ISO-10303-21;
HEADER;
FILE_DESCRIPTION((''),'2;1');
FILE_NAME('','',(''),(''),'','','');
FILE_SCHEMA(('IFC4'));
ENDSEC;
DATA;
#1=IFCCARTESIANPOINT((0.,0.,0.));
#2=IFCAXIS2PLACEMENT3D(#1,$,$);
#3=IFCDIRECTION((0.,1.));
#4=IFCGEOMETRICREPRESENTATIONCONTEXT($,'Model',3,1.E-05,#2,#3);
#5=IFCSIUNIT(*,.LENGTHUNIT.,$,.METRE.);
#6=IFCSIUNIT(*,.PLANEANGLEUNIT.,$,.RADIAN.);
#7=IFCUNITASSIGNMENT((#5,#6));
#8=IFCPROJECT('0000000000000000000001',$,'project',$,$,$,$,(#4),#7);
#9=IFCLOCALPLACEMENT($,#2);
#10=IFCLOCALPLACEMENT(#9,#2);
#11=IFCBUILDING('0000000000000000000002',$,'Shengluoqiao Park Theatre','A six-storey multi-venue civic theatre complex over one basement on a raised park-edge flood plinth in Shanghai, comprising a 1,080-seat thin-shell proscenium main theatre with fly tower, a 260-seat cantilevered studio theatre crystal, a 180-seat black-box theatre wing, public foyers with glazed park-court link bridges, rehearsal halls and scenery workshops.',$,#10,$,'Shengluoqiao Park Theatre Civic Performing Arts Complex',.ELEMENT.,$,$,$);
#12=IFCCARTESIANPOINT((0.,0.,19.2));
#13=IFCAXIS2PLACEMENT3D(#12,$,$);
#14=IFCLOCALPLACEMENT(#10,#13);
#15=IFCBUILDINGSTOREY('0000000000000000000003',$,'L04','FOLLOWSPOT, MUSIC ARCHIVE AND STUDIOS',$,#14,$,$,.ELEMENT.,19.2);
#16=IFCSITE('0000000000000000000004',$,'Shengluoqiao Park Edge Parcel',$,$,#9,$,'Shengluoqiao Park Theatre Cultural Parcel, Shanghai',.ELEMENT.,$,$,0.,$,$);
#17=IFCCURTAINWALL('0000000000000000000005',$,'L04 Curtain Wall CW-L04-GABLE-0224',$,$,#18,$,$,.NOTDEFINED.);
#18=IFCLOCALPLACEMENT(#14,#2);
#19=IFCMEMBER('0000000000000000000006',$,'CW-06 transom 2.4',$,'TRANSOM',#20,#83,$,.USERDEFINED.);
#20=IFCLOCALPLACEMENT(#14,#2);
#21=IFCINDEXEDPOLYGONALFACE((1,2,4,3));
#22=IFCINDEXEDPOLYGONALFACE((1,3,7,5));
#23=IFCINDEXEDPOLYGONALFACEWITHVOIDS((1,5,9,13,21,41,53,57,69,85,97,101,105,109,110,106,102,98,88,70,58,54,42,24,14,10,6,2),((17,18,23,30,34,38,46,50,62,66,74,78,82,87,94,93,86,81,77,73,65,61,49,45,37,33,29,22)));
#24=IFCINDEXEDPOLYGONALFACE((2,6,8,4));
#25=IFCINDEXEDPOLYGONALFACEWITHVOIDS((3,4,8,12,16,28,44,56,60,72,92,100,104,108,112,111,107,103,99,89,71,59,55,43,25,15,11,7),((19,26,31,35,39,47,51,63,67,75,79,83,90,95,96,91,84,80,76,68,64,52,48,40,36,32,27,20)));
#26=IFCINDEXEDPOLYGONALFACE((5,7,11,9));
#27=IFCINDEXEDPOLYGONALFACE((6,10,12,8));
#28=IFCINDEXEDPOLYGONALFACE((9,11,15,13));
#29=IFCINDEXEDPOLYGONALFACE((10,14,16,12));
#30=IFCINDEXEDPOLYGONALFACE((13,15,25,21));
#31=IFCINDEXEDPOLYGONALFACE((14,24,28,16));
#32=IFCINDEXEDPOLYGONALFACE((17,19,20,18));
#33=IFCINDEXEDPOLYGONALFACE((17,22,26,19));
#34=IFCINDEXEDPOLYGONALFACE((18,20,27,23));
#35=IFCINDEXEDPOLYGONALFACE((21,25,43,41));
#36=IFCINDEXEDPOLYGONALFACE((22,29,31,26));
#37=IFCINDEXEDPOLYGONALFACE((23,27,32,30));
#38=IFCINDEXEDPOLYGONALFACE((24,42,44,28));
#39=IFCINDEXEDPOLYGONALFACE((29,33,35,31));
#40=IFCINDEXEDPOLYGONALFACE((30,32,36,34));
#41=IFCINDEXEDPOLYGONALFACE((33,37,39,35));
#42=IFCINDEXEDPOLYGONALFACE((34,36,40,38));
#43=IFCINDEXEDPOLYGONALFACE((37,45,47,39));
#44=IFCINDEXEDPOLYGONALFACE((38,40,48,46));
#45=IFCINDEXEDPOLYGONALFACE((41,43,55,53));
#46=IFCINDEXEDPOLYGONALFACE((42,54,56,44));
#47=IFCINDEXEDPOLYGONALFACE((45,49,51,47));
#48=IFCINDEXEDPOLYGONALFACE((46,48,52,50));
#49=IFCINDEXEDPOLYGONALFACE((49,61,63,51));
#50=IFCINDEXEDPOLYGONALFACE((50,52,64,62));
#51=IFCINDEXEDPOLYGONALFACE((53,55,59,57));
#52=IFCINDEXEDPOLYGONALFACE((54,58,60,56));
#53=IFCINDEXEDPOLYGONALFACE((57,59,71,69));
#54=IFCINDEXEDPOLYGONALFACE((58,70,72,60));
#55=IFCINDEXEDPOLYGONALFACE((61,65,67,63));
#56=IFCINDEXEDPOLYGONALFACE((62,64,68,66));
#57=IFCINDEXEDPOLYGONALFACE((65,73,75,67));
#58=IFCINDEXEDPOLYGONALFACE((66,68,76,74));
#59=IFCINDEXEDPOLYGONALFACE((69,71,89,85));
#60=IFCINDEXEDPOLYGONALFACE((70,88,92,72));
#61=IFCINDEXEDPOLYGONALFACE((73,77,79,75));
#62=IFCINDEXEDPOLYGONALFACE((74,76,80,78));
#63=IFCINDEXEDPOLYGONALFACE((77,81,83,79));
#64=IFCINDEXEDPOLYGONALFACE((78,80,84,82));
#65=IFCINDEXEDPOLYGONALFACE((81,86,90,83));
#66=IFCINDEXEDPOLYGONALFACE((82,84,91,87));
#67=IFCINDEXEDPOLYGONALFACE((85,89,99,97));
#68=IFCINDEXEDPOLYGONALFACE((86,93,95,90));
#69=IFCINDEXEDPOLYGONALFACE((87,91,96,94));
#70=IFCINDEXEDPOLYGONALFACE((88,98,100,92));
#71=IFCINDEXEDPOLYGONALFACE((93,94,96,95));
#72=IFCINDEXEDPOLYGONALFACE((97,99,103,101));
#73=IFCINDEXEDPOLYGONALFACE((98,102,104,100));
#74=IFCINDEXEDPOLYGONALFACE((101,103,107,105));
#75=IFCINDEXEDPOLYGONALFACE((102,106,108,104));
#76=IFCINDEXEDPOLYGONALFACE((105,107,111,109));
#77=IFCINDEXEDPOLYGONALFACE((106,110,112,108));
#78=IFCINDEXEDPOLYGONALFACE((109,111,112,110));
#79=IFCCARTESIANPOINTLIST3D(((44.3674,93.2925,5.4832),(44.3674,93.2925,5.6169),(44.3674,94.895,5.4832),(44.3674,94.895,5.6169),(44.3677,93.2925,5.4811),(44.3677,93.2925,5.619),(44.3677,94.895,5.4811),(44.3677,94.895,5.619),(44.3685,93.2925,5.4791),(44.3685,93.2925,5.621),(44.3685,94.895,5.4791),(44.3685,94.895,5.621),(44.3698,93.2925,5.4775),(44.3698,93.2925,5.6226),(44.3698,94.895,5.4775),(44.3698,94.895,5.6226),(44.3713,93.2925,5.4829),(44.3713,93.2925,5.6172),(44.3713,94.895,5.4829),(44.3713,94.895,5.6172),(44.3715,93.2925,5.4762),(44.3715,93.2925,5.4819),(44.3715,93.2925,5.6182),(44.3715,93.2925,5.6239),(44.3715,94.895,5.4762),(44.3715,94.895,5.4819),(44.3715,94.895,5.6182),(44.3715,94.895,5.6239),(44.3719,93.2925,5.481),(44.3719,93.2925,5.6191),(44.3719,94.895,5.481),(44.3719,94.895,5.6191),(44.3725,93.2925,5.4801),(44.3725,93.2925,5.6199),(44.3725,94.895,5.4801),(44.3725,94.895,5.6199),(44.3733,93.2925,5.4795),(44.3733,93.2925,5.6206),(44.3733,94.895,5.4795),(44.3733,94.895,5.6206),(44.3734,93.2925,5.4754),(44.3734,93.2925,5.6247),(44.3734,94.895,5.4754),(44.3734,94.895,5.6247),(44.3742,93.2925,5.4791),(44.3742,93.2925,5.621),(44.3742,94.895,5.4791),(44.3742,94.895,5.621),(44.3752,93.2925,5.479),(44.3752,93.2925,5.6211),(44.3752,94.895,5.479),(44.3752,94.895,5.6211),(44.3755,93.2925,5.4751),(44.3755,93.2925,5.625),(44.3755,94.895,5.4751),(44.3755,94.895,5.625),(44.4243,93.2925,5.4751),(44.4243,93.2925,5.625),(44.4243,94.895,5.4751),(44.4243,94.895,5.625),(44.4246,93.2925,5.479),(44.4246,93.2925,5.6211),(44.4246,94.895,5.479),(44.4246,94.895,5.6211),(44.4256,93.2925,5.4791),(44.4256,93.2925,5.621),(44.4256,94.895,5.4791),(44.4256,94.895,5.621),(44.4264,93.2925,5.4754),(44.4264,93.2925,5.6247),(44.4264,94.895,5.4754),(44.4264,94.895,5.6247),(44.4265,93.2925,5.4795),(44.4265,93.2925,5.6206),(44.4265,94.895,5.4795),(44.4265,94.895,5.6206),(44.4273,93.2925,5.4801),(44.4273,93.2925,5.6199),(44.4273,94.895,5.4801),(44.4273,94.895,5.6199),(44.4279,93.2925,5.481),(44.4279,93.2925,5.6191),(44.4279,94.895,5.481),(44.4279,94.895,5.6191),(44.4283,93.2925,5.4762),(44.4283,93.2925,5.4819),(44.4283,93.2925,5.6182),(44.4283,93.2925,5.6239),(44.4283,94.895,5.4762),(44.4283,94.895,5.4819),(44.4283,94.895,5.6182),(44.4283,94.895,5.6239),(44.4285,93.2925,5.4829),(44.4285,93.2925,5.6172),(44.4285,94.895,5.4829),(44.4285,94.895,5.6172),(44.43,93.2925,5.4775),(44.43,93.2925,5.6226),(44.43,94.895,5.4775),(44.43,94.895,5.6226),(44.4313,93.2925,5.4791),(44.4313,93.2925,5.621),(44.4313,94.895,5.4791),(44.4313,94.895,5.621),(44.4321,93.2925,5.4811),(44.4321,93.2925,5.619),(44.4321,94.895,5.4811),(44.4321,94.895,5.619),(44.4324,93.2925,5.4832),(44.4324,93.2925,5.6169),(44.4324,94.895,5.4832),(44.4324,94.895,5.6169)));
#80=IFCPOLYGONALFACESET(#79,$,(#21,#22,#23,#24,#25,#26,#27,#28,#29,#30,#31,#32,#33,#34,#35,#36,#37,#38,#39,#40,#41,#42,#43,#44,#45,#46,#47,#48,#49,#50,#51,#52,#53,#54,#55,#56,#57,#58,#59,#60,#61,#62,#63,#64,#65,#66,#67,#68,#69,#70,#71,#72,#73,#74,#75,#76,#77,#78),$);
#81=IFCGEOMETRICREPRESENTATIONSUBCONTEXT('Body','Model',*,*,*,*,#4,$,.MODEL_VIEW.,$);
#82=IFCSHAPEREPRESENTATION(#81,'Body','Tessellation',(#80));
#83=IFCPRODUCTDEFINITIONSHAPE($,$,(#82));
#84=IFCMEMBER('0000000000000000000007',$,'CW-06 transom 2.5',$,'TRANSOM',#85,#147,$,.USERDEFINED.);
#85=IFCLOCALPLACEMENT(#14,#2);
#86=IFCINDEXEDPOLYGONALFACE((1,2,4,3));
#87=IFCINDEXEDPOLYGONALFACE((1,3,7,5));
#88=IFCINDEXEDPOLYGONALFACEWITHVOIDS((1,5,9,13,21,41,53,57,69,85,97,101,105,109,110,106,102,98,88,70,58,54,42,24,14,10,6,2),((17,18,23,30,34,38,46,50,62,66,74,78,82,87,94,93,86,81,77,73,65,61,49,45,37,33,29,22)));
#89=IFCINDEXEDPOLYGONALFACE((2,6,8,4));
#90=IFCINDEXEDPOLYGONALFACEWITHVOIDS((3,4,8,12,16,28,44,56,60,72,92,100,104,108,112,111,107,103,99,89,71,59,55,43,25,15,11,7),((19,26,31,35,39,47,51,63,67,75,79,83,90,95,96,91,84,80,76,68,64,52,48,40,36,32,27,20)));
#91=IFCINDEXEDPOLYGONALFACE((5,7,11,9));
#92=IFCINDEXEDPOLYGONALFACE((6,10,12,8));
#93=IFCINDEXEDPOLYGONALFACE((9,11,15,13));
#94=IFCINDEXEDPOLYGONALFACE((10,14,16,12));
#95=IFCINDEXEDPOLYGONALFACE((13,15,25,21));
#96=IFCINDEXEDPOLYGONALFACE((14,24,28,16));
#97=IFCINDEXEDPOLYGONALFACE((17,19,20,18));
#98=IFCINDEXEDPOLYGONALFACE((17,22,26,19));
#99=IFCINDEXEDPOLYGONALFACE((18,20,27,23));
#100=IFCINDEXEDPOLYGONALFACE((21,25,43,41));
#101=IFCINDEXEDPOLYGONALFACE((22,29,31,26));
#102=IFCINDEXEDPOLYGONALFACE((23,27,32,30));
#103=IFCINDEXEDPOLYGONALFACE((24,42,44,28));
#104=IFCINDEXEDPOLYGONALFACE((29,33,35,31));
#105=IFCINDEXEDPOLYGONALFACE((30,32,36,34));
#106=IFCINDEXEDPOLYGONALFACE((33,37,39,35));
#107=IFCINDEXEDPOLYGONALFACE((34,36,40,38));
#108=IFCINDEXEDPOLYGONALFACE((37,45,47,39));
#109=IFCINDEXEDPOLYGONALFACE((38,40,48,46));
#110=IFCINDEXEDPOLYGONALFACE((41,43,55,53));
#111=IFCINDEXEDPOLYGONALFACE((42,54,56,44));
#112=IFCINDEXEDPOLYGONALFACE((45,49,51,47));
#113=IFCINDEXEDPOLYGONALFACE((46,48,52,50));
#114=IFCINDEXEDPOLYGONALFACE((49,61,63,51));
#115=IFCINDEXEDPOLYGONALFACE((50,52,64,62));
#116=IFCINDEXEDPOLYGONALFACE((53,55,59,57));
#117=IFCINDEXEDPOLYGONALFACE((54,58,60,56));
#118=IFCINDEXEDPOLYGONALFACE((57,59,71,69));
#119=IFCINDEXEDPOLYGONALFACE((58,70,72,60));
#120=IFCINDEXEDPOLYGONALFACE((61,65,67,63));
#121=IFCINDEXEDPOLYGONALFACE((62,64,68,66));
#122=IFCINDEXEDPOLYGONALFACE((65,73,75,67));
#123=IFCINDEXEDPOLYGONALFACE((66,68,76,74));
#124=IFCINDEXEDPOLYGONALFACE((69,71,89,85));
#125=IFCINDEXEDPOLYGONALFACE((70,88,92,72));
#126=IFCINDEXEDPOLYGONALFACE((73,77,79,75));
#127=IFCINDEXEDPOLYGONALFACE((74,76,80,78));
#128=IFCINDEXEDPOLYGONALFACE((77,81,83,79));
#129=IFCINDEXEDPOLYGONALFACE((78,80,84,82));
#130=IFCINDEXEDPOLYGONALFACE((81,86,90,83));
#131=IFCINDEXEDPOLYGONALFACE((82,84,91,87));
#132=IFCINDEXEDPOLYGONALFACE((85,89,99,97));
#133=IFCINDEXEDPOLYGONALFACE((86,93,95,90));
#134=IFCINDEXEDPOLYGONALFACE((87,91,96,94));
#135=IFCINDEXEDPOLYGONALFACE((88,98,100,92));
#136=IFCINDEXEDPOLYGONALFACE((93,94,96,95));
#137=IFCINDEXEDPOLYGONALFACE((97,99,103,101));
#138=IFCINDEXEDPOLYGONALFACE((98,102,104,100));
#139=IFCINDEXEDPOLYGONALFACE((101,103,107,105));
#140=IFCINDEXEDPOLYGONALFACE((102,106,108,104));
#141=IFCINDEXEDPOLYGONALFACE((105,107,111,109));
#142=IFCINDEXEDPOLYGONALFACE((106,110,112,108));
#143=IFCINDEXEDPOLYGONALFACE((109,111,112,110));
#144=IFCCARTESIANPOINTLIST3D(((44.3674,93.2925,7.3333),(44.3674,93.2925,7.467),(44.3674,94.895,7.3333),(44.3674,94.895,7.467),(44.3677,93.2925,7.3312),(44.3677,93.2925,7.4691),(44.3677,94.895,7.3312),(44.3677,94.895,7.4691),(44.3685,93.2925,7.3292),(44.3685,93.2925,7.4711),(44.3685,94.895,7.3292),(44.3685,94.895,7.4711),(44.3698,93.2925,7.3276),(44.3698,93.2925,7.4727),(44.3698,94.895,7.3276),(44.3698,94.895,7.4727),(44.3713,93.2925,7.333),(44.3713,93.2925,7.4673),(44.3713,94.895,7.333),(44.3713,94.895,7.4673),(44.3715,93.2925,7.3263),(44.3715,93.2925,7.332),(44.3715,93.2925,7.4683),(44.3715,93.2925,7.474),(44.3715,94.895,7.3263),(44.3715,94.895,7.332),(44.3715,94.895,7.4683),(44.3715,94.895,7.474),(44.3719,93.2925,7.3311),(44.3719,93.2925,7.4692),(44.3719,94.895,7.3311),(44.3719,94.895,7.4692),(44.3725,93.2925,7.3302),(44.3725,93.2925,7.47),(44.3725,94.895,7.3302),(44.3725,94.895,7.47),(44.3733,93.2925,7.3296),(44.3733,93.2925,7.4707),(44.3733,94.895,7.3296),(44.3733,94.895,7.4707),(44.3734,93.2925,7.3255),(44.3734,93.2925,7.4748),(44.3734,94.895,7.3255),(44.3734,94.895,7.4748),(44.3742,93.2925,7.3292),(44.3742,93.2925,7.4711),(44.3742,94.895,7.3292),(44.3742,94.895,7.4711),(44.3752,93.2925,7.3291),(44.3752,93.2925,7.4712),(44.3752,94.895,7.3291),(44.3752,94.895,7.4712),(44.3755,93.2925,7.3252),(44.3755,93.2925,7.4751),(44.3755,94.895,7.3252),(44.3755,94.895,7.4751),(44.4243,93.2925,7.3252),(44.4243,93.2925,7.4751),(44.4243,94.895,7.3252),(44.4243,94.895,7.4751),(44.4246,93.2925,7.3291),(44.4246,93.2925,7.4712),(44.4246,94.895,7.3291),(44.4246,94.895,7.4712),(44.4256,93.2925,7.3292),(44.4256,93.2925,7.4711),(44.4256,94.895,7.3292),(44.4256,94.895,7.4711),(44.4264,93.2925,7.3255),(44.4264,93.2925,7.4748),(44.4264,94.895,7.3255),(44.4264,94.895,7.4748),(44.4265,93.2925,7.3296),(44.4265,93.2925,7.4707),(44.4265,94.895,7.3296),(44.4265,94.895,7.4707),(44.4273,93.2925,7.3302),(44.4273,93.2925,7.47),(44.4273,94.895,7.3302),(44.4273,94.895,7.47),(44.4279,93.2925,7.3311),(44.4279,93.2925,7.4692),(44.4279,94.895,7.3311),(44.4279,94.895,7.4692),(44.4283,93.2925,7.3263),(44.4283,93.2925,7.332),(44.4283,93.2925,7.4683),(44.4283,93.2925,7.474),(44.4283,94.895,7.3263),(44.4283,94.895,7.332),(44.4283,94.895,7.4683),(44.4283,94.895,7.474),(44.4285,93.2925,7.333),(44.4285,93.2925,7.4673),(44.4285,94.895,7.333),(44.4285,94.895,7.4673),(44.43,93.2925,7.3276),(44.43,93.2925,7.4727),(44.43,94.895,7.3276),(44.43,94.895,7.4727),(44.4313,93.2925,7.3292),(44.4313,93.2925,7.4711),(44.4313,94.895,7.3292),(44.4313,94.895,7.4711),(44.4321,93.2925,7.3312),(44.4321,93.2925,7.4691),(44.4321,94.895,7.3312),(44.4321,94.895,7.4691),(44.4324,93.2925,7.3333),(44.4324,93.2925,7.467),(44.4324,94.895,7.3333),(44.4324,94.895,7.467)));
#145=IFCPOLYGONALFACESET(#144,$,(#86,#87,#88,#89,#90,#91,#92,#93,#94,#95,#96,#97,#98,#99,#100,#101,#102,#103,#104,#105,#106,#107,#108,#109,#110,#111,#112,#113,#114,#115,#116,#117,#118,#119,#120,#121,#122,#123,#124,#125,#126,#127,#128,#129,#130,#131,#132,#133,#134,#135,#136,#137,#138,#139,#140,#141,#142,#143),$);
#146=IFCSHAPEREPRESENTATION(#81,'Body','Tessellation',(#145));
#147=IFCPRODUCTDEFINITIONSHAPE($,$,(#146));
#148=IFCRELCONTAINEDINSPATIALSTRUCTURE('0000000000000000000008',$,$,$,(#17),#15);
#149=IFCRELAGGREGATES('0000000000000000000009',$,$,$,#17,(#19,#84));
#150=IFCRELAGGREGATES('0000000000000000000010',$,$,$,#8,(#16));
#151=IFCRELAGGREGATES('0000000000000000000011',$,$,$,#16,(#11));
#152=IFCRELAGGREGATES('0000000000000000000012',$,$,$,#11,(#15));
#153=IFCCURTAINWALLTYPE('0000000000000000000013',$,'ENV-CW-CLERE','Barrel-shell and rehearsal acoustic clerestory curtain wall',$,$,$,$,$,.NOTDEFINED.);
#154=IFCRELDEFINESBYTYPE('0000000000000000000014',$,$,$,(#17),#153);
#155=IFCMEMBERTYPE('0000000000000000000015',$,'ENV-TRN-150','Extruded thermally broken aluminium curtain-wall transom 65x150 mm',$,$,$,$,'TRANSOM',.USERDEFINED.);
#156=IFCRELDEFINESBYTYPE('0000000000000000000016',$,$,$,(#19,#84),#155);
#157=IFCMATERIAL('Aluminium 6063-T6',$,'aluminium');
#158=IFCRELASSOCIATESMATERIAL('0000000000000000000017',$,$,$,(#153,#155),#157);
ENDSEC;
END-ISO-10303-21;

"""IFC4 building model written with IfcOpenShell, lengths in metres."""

from ifc_helpers import new_model, si_unit, direction, frame, origin, origin_2d, place, context, subcontext, project, spatial, hollow_rectangle, extrude, material, material_profile, profile_set, type_object, element, aggregate, save


model = new_model("IFC4")

# Units and contexts
model_context = context("Model", 3, precision=1e-05, world=origin(), true_north=direction((0.0, 1.0)))
body_context = subcontext(model_context, "Body", "Model", "MODEL_VIEW")
ifc_project = project(units=[si_unit("LENGTHUNIT", "METRE"), si_unit("PLANEANGLEUNIT", "RADIAN")], contexts=[model_context])

# Site, building, storey
site_placement = place(None, origin())
site = spatial("IfcSite", under=ifc_project, at=site_placement, Name="Shengluoqiao Park Edge Parcel", LongName="Shengluoqiao Park Theatre Cultural Parcel, Shanghai", CompositionType="ELEMENT", RefElevation=0.0)
building_placement = place(site_placement, origin())
building = spatial("IfcBuilding", under=site, at=building_placement, Name="Shengluoqiao Park Theatre", Description="A six-storey multi-venue civic theatre complex over one basement on a raised park-edge flood plinth in Shanghai, comprising a 1,080-seat thin-shell proscenium main theatre with fly tower, a 260-seat cantilevered studio theatre crystal, a 180-seat black-box theatre wing, public foyers with glazed park-court link bridges, rehearsal halls and scenery workshops.", LongName="Shengluoqiao Park Theatre Civic Performing Arts Complex", CompositionType="ELEMENT")
storey_placement = place(building_placement, frame((0.0, 0.0, 19.2)))
storey = spatial("IfcBuildingStorey", under=building, at=storey_placement, Name="L04", Description="FOLLOWSPOT, MUSIC ARCHIVE AND STUDIOS", CompositionType="ELEMENT", Elevation=19.2)

# Curtain wall, members
ifc_material_1 = material(Name="Aluminium 6063-T6", Category="aluminium")
curtain_wall_type = type_object("IfcCurtainWallType", Name="ENV-CW-CLERE", Description="Barrel-shell and rehearsal acoustic clerestory curtain wall", PredefinedType="NOTDEFINED", material=ifc_material_1)
curtain_wall_1_placement = place(storey_placement, origin())
curtain_wall_1 = element("IfcCurtainWall", 1, at=curtain_wall_1_placement, inside=storey, type_object=curtain_wall_type, Name="L04 Curtain Wall CW-L04-GABLE-0224", PredefinedType="NOTDEFINED")
ifc_material_profile = material_profile(ifc_material_1, hollow_rectangle(XDim=0.0649, YDim=0.1499, WallThickness=0.0039, InnerFilletRadius=0.0039, OuterFilletRadius=0.0081, at=origin_2d()), Name="ALU TRANSOM 150x65x4")
ifc_profile_set = profile_set([ifc_material_profile], Name="Aluminium 6063-T6")
member_type = type_object("IfcMemberType", Name="ENV-TRN-150", Description="Extruded thermally broken aluminium curtain-wall transom 65x150 mm", ElementType="TRANSOM", PredefinedType="USERDEFINED", material=ifc_profile_set)
member_1_placement = place(storey_placement, frame((44.3999, 93.2925, 5.55), z_axis=(0.0, 1.0, 0.0), x_axis=(-1.0, 0.0, 0.0)))
member_1 = element("IfcMember", 2, at=member_1_placement, type_object=member_type, Name="CW-06 transom 2.4", ObjectType="TRANSOM", PredefinedType="USERDEFINED", context=body_context, shape_type="SweptSolid", body=[
    extrude(hollow_rectangle(XDim=0.0649, YDim=0.1499, WallThickness=0.0039, InnerFilletRadius=0.0039, OuterFilletRadius=0.0081, at=origin_2d()), origin(), (0.0, 0.0, 1.0), 1.6025),
])
member_2_placement = place(storey_placement, frame((44.3999, 93.2925, 7.4001), z_axis=(0.0, 1.0, 0.0), x_axis=(-1.0, 0.0, 0.0)))
member_2 = element("IfcMember", 3, at=member_2_placement, type_object=member_type, Name="CW-06 transom 2.5", ObjectType="TRANSOM", PredefinedType="USERDEFINED", context=body_context, shape_type="SweptSolid", body=[
    extrude(hollow_rectangle(XDim=0.0649, YDim=0.1499, WallThickness=0.0039, InnerFilletRadius=0.0039, OuterFilletRadius=0.0081, at=origin_2d()), origin(), (0.0, 0.0, 1.0), 1.6025),
])

aggregate(curtain_wall_1, [member_1, member_2])

save(model, "model.ifc")
